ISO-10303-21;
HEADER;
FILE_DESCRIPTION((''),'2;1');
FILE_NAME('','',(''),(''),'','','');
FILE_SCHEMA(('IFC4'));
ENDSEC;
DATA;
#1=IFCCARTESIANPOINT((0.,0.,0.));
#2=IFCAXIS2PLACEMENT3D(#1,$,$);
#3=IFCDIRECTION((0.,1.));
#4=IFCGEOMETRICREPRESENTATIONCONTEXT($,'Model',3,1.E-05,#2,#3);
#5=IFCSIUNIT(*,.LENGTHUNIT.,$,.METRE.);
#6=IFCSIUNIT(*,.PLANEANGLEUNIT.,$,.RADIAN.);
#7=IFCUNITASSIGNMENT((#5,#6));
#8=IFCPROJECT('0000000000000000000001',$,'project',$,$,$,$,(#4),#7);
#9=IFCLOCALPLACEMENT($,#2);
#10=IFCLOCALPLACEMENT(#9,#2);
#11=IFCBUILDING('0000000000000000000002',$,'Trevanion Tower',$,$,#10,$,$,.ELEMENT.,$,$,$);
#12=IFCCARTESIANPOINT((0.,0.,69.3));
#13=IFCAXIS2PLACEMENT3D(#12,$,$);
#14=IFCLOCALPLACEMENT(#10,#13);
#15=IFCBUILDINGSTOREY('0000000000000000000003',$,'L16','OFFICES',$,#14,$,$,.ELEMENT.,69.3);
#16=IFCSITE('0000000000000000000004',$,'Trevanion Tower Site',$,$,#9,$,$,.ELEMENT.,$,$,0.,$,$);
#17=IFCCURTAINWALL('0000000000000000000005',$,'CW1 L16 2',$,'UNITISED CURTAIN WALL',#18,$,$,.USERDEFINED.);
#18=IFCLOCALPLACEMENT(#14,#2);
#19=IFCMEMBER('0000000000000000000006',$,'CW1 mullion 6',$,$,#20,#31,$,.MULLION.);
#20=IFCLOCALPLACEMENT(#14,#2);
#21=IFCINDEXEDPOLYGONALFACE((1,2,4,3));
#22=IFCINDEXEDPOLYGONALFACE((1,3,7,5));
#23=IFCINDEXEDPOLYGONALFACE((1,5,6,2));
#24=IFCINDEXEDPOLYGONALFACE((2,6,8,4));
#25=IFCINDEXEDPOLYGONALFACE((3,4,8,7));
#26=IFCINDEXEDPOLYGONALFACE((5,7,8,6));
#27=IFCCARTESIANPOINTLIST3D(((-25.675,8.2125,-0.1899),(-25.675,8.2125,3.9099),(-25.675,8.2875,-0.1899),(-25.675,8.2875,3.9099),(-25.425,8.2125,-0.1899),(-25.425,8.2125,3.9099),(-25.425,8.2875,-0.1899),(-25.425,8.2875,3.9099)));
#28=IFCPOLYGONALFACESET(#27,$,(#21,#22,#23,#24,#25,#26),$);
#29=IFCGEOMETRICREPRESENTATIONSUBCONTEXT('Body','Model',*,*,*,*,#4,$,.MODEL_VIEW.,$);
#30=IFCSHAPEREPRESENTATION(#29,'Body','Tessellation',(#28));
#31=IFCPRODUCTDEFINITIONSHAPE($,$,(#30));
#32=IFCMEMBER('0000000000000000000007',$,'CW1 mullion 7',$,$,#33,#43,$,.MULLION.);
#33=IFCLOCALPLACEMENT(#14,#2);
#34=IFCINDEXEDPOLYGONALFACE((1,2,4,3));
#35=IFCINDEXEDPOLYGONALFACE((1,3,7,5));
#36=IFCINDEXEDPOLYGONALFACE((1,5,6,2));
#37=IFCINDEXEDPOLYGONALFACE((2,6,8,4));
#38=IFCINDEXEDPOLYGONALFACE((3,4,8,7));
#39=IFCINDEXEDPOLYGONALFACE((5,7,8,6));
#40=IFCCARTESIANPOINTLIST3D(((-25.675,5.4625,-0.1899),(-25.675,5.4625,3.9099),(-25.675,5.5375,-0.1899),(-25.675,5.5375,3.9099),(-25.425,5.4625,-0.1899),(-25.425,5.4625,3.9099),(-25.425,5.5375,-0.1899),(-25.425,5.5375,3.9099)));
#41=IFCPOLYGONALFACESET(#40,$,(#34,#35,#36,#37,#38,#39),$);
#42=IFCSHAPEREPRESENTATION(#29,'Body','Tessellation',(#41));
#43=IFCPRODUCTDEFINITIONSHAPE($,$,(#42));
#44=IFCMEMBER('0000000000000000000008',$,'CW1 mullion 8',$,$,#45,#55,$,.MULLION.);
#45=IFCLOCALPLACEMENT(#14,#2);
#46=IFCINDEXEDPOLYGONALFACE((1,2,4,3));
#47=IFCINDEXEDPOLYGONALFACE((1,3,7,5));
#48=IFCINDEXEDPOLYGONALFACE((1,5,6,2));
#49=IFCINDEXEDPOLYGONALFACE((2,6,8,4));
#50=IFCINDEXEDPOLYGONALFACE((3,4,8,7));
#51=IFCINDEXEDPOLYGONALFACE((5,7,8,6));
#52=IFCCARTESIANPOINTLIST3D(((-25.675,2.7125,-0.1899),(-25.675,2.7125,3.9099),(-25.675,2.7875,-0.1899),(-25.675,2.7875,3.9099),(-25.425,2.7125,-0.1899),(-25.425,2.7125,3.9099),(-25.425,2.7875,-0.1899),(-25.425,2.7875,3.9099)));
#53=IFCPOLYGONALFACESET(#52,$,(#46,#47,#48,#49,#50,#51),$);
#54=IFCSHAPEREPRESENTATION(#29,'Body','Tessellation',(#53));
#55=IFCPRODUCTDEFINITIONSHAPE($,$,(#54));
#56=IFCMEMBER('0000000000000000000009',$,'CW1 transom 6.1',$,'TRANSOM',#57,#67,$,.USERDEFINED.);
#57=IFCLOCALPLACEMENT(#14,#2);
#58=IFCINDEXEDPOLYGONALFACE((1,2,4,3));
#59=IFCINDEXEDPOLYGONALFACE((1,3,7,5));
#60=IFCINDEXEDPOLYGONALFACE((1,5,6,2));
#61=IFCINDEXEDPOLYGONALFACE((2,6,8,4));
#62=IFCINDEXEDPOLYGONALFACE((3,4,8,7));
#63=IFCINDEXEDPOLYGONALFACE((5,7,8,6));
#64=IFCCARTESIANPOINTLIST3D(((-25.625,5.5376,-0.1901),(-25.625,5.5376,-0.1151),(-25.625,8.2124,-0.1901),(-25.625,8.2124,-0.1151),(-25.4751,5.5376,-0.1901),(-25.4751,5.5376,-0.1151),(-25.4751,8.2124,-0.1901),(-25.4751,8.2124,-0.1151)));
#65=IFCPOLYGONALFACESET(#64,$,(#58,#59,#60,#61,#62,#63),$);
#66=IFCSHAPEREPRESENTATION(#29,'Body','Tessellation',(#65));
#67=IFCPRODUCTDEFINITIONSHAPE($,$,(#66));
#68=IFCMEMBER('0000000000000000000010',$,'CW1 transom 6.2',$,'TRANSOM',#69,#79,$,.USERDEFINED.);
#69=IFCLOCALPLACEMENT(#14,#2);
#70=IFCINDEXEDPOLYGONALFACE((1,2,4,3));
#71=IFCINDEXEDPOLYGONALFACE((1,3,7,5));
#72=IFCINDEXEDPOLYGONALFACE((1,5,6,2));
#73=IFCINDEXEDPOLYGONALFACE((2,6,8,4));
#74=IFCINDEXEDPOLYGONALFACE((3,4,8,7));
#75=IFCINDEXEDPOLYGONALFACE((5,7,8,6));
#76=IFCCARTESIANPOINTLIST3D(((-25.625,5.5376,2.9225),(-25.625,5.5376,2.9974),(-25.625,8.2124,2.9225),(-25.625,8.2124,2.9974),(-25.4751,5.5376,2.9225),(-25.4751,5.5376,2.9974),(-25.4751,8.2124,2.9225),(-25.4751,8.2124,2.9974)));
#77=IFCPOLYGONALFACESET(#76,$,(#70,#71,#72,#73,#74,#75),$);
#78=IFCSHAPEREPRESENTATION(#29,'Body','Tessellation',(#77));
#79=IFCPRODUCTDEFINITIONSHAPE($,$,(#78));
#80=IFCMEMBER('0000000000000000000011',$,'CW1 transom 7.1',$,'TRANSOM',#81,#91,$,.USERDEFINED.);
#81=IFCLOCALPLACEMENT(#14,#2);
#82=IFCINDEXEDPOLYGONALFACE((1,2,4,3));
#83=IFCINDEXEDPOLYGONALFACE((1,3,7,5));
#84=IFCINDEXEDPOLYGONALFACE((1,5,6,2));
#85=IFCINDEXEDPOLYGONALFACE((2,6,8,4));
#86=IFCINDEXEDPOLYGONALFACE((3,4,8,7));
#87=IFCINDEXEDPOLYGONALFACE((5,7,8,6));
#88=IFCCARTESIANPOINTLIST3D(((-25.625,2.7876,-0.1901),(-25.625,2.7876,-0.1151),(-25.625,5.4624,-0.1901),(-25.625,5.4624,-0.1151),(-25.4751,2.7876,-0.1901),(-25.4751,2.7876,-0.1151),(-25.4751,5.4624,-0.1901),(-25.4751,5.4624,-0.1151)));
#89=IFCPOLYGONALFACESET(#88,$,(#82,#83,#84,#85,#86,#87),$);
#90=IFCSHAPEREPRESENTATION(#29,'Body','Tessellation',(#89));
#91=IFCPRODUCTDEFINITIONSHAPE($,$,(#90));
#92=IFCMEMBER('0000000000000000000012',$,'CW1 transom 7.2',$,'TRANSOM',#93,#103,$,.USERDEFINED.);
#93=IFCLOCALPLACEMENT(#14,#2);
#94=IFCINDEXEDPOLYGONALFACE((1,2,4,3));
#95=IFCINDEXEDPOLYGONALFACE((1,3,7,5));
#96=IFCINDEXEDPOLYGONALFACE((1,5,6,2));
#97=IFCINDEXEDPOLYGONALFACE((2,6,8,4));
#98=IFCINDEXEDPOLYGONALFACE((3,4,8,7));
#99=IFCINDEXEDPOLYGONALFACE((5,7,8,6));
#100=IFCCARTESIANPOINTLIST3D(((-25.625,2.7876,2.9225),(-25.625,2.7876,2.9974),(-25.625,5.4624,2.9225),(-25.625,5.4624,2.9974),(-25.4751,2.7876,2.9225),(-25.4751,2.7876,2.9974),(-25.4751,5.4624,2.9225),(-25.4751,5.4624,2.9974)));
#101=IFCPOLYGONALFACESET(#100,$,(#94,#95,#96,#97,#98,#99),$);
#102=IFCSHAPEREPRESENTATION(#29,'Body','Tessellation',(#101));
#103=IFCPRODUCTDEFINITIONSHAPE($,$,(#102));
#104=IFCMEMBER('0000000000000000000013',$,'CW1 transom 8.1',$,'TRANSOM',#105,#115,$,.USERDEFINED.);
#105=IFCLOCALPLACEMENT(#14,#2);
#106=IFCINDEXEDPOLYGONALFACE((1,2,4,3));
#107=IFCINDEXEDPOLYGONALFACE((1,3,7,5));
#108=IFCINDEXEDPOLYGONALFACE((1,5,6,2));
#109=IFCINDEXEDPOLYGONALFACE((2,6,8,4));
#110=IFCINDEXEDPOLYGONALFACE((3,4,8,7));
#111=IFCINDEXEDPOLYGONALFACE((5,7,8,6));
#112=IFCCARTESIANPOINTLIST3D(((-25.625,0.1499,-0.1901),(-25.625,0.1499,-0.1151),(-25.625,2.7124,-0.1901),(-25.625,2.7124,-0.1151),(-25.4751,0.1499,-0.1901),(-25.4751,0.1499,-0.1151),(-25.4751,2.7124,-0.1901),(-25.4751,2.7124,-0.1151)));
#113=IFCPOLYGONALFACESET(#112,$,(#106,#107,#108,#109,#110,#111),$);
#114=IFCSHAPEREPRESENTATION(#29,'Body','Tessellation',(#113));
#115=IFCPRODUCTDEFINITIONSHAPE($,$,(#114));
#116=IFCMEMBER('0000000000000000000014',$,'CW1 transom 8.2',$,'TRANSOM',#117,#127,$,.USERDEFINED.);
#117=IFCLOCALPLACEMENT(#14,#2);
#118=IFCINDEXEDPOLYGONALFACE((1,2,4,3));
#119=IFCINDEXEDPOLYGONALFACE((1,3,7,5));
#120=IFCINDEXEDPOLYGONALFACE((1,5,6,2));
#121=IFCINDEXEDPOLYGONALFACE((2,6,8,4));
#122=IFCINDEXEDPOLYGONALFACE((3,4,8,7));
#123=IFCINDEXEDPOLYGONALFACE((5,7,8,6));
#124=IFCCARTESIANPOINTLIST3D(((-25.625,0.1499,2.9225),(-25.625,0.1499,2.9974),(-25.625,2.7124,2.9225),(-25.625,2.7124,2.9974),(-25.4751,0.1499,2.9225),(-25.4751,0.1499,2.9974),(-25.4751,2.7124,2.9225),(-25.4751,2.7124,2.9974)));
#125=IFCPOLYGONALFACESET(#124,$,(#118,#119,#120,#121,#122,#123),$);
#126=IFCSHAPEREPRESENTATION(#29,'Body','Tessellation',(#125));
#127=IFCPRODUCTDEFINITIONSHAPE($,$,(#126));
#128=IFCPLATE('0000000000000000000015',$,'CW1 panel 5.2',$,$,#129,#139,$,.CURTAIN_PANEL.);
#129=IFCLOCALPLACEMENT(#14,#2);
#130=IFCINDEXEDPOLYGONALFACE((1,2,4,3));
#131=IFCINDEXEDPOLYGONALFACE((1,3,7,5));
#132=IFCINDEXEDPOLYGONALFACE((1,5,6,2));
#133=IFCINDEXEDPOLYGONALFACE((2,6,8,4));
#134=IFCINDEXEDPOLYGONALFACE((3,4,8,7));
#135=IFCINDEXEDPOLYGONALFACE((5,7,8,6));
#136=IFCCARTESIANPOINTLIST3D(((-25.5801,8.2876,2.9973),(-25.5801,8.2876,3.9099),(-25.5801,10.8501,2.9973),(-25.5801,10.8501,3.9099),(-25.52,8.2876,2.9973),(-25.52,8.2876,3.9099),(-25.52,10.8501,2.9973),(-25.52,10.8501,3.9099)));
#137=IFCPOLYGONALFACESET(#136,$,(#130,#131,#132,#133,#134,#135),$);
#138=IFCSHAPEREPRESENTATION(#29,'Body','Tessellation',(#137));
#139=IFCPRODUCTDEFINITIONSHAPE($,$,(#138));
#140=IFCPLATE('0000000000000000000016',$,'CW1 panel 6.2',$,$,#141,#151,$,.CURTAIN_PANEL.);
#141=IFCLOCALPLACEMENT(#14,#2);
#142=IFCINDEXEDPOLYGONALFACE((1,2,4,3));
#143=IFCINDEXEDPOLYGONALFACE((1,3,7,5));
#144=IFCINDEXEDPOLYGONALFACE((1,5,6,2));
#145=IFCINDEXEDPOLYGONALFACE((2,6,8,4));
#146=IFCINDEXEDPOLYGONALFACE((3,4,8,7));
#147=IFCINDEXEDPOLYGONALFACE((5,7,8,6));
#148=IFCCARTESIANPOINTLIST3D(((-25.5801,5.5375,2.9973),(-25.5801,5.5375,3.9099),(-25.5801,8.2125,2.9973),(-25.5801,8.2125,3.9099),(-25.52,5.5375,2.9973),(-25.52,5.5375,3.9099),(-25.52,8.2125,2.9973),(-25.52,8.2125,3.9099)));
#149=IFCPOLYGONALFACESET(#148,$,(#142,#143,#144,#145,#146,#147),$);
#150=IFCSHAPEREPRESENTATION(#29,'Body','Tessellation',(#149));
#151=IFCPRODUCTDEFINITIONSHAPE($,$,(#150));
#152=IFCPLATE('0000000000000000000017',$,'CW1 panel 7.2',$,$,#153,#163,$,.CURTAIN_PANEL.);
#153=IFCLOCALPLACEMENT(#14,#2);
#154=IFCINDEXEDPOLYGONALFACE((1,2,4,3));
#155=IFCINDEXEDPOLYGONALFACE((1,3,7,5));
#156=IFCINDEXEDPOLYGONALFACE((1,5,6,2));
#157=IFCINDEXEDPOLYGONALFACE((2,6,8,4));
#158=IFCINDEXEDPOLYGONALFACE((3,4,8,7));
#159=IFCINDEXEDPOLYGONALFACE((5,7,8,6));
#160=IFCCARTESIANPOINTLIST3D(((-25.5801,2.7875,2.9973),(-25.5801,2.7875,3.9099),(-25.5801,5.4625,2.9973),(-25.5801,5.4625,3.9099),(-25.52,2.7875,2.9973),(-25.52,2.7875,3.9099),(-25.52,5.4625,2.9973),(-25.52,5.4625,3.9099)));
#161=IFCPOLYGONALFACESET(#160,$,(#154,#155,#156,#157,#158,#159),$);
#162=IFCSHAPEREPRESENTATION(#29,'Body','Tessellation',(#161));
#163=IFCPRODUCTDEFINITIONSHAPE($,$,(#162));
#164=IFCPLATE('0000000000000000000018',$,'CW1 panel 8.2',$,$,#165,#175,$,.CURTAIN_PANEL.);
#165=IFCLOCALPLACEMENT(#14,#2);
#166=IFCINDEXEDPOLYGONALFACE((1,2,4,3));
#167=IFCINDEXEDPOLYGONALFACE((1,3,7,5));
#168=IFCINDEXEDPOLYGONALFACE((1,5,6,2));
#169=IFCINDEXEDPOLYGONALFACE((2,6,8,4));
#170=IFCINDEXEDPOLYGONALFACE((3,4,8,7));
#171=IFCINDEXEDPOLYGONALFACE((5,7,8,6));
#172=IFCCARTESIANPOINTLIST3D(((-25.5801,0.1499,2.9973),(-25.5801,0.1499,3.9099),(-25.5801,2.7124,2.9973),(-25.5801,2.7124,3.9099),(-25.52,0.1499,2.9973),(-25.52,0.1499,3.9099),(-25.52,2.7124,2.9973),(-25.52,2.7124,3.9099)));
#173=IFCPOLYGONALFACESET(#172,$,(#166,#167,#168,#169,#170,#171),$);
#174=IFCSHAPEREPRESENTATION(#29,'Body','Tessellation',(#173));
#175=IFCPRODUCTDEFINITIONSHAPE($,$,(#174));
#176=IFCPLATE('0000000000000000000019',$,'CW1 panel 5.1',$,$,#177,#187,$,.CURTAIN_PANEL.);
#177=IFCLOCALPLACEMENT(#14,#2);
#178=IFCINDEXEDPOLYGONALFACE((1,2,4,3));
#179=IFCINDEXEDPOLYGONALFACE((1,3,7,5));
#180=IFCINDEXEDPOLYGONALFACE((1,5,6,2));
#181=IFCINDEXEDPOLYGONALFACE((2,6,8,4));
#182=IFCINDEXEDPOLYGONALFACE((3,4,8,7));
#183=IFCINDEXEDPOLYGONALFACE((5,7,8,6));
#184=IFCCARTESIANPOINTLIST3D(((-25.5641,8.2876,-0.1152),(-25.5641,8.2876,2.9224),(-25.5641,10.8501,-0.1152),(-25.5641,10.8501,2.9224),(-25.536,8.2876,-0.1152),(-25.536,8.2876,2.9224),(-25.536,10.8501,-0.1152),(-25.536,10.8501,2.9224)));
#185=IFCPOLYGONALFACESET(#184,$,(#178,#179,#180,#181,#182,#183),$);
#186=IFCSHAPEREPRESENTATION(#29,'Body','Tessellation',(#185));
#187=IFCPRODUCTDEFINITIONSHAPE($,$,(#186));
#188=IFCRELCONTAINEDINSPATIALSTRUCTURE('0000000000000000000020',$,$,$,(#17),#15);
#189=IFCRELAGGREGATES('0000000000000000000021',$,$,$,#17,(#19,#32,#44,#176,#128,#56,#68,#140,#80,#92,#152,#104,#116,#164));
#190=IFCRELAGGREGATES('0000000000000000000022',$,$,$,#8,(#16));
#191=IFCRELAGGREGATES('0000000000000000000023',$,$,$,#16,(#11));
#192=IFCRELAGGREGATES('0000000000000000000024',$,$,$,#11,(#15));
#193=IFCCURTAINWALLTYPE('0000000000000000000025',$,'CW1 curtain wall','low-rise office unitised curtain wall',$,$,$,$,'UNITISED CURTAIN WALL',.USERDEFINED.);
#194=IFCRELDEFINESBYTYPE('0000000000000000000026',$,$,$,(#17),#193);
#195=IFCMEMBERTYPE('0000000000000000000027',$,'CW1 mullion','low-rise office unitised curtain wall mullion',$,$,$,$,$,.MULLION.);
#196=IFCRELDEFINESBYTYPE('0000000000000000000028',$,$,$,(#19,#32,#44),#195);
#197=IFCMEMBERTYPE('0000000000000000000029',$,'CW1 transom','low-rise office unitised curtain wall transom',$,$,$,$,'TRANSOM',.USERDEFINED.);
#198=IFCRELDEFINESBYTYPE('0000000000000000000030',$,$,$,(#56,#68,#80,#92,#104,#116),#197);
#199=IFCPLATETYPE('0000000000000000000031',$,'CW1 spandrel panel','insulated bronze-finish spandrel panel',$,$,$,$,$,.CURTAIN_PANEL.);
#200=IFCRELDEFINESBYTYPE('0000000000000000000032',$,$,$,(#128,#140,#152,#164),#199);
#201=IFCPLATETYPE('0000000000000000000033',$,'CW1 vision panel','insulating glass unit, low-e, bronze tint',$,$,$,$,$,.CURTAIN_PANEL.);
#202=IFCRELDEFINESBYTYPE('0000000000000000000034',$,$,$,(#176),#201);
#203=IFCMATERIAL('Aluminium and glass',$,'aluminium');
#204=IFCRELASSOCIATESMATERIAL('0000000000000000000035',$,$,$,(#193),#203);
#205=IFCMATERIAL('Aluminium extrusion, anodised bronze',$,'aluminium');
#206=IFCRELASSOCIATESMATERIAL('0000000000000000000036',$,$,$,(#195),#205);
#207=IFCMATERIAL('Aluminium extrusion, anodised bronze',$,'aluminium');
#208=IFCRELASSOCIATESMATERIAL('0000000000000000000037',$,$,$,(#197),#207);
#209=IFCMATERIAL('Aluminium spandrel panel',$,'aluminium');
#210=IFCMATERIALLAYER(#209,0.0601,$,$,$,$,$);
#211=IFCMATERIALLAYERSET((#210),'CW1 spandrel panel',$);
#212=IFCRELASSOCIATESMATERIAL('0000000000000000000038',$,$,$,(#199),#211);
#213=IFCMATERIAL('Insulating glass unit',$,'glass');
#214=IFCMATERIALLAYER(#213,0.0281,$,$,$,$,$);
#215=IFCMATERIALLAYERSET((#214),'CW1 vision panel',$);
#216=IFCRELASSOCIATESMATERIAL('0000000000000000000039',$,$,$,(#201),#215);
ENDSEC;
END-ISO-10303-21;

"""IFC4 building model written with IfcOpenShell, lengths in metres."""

from ifc_helpers import new_model, si_unit, direction, frame, origin, origin_2d, place, context, subcontext, project, spatial, rectangle, extrude, material, layer, layer_set, material_profile, profile_set, type_object, element, aggregate, save


model = new_model("IFC4")

# Units and contexts
model_context = context("Model", 3, precision=1e-05, world=origin(), true_north=direction((0.0, 1.0)))
body_context = subcontext(model_context, "Body", "Model", "MODEL_VIEW")
ifc_project = project(units=[si_unit("LENGTHUNIT", "METRE"), si_unit("PLANEANGLEUNIT", "RADIAN")], contexts=[model_context])

# Site, building, storey
site_placement = place(None, origin())
site = spatial("IfcSite", under=ifc_project, at=site_placement, Name="Trevanion Tower Site", CompositionType="ELEMENT", RefElevation=0.0)
building_placement = place(site_placement, origin())
building = spatial("IfcBuilding", under=site, at=building_placement, Name="Trevanion Tower", CompositionType="ELEMENT")
storey_placement = place(building_placement, frame((0.0, 0.0, 69.3)))
storey = spatial("IfcBuildingStorey", under=building, at=storey_placement, Name="L16", Description="OFFICES", CompositionType="ELEMENT", Elevation=69.3)

# Curtain wall, members, plates
ifc_material_1 = material(Name="Aluminium and glass", Category="aluminium")
curtain_wall_type = type_object("IfcCurtainWallType", Name="CW1 curtain wall", Description="low-rise office unitised curtain wall", ElementType="UNITISED CURTAIN WALL", PredefinedType="USERDEFINED", material=ifc_material_1)
curtain_wall_placement = place(storey_placement, origin())
curtain_wall = element("IfcCurtainWall", 1, at=curtain_wall_placement, inside=storey, type_object=curtain_wall_type, Name="CW1 L16 2", ObjectType="UNITISED CURTAIN WALL", PredefinedType="USERDEFINED")
ifc_material_2 = material(Name="Aluminium extrusion, anodised bronze", Category="aluminium")
ifc_material_profile_1 = material_profile(ifc_material_2, rectangle(XDim=0.075, YDim=0.25, at=origin_2d()), Name="CW1 mullion")
ifc_profile_set_1 = profile_set([ifc_material_profile_1], Name="Aluminium extrusion, anodised bronze")
member_type_1 = type_object("IfcMemberType", Name="CW1 mullion", Description="low-rise office unitised curtain wall mullion", PredefinedType="MULLION", material=ifc_profile_set_1)
member_1_placement = place(storey_placement, frame((-25.55, 8.25, -0.1899), z_axis=(0.0, 0.0, 1.0), x_axis=(0.0, -1.0, 0.0)))
member_1 = element("IfcMember", 2, at=member_1_placement, type_object=member_type_1, Name="CW1 mullion 6", PredefinedType="MULLION", context=body_context, shape_type="SweptSolid", body=[
    extrude(rectangle(XDim=0.075, YDim=0.25, at=origin_2d()), origin(), (0.0, 0.0, 1.0), 4.0999),
])
member_2_placement = place(storey_placement, frame((-25.55, 5.5, -0.1899), z_axis=(0.0, 0.0, 1.0), x_axis=(0.0, -1.0, 0.0)))
member_2 = element("IfcMember", 3, at=member_2_placement, type_object=member_type_1, Name="CW1 mullion 7", PredefinedType="MULLION", context=body_context, shape_type="SweptSolid", body=[
    extrude(rectangle(XDim=0.075, YDim=0.25, at=origin_2d()), origin(), (0.0, 0.0, 1.0), 4.0999),
])
member_3_placement = place(storey_placement, frame((-25.55, 2.75, -0.1899), z_axis=(0.0, 0.0, 1.0), x_axis=(0.0, -1.0, 0.0)))
member_3 = element("IfcMember", 4, at=member_3_placement, type_object=member_type_1, Name="CW1 mullion 8", PredefinedType="MULLION", context=body_context, shape_type="SweptSolid", body=[
    extrude(rectangle(XDim=0.075, YDim=0.25, at=origin_2d()), origin(), (0.0, 0.0, 1.0), 4.0999),
])
ifc_material_3 = material(Name="Aluminium extrusion, anodised bronze", Category="aluminium")
ifc_material_profile_2 = material_profile(ifc_material_3, rectangle(XDim=0.1499, YDim=0.075, at=origin_2d()), Name="CW1 transom")
ifc_profile_set_2 = profile_set([ifc_material_profile_2], Name="Aluminium extrusion, anodised bronze")
member_type_2 = type_object("IfcMemberType", Name="CW1 transom", Description="low-rise office unitised curtain wall transom", ElementType="TRANSOM", PredefinedType="USERDEFINED", material=ifc_profile_set_2)
member_4_placement = place(storey_placement, frame((-25.55, 8.2124, -0.1526), z_axis=(0.0, -1.0, 0.0), x_axis=(1.0, 0.0, 0.0)))
member_4 = element("IfcMember", 5, at=member_4_placement, type_object=member_type_2, Name="CW1 transom 6.1", ObjectType="TRANSOM", PredefinedType="USERDEFINED", context=body_context, shape_type="SweptSolid", body=[
    extrude(rectangle(XDim=0.1499, YDim=0.075, at=origin_2d()), origin(), (0.0, 0.0, 1.0), 2.6748),
])
member_5_placement = place(storey_placement, frame((-25.55, 8.2124, 2.96), z_axis=(0.0, -1.0, 0.0), x_axis=(1.0, 0.0, 0.0)))
member_5 = element("IfcMember", 6, at=member_5_placement, type_object=member_type_2, Name="CW1 transom 6.2", ObjectType="TRANSOM", PredefinedType="USERDEFINED", context=body_context, shape_type="SweptSolid", body=[
    extrude(rectangle(XDim=0.1499, YDim=0.075, at=origin_2d()), origin(), (0.0, 0.0, 1.0), 2.6748),
])
member_6_placement = place(storey_placement, frame((-25.55, 5.4624, -0.1526), z_axis=(0.0, -1.0, 0.0), x_axis=(1.0, 0.0, 0.0)))
member_6 = element("IfcMember", 7, at=member_6_placement, type_object=member_type_2, Name="CW1 transom 7.1", ObjectType="TRANSOM", PredefinedType="USERDEFINED", context=body_context, shape_type="SweptSolid", body=[
    extrude(rectangle(XDim=0.1499, YDim=0.075, at=origin_2d()), origin(), (0.0, 0.0, 1.0), 2.6748),
])
member_7_placement = place(storey_placement, frame((-25.55, 5.4624, 2.96), z_axis=(0.0, -1.0, 0.0), x_axis=(1.0, 0.0, 0.0)))
member_7 = element("IfcMember", 8, at=member_7_placement, type_object=member_type_2, Name="CW1 transom 7.2", ObjectType="TRANSOM", PredefinedType="USERDEFINED", context=body_context, shape_type="SweptSolid", body=[
    extrude(rectangle(XDim=0.1499, YDim=0.075, at=origin_2d()), origin(), (0.0, 0.0, 1.0), 2.6748),
])
member_8_placement = place(storey_placement, frame((-25.55, 2.7124, -0.1526), z_axis=(0.0, -1.0, 0.0), x_axis=(1.0, 0.0, 0.0)))
member_8 = element("IfcMember", 9, at=member_8_placement, type_object=member_type_2, Name="CW1 transom 8.1", ObjectType="TRANSOM", PredefinedType="USERDEFINED", context=body_context, shape_type="SweptSolid", body=[
    extrude(rectangle(XDim=0.1499, YDim=0.075, at=origin_2d()), origin(), (0.0, 0.0, 1.0), 2.5625),
])
member_9_placement = place(storey_placement, frame((-25.55, 2.7124, 2.96), z_axis=(0.0, -1.0, 0.0), x_axis=(1.0, 0.0, 0.0)))
member_9 = element("IfcMember", 10, at=member_9_placement, type_object=member_type_2, Name="CW1 transom 8.2", ObjectType="TRANSOM", PredefinedType="USERDEFINED", context=body_context, shape_type="SweptSolid", body=[
    extrude(rectangle(XDim=0.1499, YDim=0.075, at=origin_2d()), origin(), (0.0, 0.0, 1.0), 2.5625),
])
ifc_material_4 = material(Name="Aluminium spandrel panel", Category="aluminium")
ifc_layer_1 = layer(ifc_material_4, 0.0601)
ifc_layer_set_1 = layer_set([ifc_layer_1], Name="CW1 spandrel panel")
plate_type_1 = type_object("IfcPlateType", Name="CW1 spandrel panel", Description="insulated bronze-finish spandrel panel", PredefinedType="CURTAIN_PANEL", material=ifc_layer_set_1)
plate_1_placement = place(storey_placement, frame((-25.55, 9.5688, 2.9973), z_axis=(0.0, 0.0, 1.0), x_axis=(0.0, -1.0, 0.0)))
plate_1 = element("IfcPlate", 11, at=plate_1_placement, type_object=plate_type_1, Name="CW1 panel 5.2", PredefinedType="CURTAIN_PANEL", context=body_context, shape_type="SweptSolid", body=[
    extrude(rectangle(XDim=2.5625, YDim=0.0601, at=origin_2d()), origin(), (0.0, 0.0, 1.0), 0.9126),
])
plate_2_placement = place(storey_placement, frame((-25.55, 6.875, 2.9973), z_axis=(0.0, 0.0, 1.0), x_axis=(0.0, -1.0, 0.0)))
plate_2 = element("IfcPlate", 12, at=plate_2_placement, type_object=plate_type_1, Name="CW1 panel 6.2", PredefinedType="CURTAIN_PANEL", context=body_context, shape_type="SweptSolid", body=[
    extrude(rectangle(XDim=2.675, YDim=0.0601, at=origin_2d()), origin(), (0.0, 0.0, 1.0), 0.9126),
])
plate_3_placement = place(storey_placement, frame((-25.55, 4.125, 2.9973), z_axis=(0.0, 0.0, 1.0), x_axis=(0.0, -1.0, 0.0)))
plate_3 = element("IfcPlate", 13, at=plate_3_placement, type_object=plate_type_1, Name="CW1 panel 7.2", PredefinedType="CURTAIN_PANEL", context=body_context, shape_type="SweptSolid", body=[
    extrude(rectangle(XDim=2.675, YDim=0.0601, at=origin_2d()), origin(), (0.0, 0.0, 1.0), 0.9126),
])
plate_4_placement = place(storey_placement, frame((-25.55, 1.4312, 2.9973), z_axis=(0.0, 0.0, 1.0), x_axis=(0.0, -1.0, 0.0)))
plate_4 = element("IfcPlate", 14, at=plate_4_placement, type_object=plate_type_1, Name="CW1 panel 8.2", PredefinedType="CURTAIN_PANEL", context=body_context, shape_type="SweptSolid", body=[
    extrude(rectangle(XDim=2.5625, YDim=0.0601, at=origin_2d()), origin(), (0.0, 0.0, 1.0), 0.9126),
])
ifc_material_5 = material(Name="Insulating glass unit", Category="glass")
ifc_layer_2 = layer(ifc_material_5, 0.0281)
ifc_layer_set_2 = layer_set([ifc_layer_2], Name="CW1 vision panel")
plate_type_2 = type_object("IfcPlateType", Name="CW1 vision panel", Description="insulating glass unit, low-e, bronze tint", PredefinedType="CURTAIN_PANEL", material=ifc_layer_set_2)
plate_5_placement = place(storey_placement, frame((-25.55, 9.5688, -0.1152), z_axis=(0.0, 0.0, 1.0), x_axis=(0.0, -1.0, 0.0)))
plate_5 = element("IfcPlate", 15, at=plate_5_placement, type_object=plate_type_2, Name="CW1 panel 5.1", PredefinedType="CURTAIN_PANEL", context=body_context, shape_type="SweptSolid", body=[
    extrude(rectangle(XDim=2.5625, YDim=0.0281, at=origin_2d()), origin(), (0.0, 0.0, 1.0), 3.0376),
])
aggregate(curtain_wall, [member_1, member_2, member_3, plate_5, plate_1, member_4, member_5, plate_2, member_6, member_7, plate_3, member_8, member_9, plate_4])

save(model, "model.ifc")
